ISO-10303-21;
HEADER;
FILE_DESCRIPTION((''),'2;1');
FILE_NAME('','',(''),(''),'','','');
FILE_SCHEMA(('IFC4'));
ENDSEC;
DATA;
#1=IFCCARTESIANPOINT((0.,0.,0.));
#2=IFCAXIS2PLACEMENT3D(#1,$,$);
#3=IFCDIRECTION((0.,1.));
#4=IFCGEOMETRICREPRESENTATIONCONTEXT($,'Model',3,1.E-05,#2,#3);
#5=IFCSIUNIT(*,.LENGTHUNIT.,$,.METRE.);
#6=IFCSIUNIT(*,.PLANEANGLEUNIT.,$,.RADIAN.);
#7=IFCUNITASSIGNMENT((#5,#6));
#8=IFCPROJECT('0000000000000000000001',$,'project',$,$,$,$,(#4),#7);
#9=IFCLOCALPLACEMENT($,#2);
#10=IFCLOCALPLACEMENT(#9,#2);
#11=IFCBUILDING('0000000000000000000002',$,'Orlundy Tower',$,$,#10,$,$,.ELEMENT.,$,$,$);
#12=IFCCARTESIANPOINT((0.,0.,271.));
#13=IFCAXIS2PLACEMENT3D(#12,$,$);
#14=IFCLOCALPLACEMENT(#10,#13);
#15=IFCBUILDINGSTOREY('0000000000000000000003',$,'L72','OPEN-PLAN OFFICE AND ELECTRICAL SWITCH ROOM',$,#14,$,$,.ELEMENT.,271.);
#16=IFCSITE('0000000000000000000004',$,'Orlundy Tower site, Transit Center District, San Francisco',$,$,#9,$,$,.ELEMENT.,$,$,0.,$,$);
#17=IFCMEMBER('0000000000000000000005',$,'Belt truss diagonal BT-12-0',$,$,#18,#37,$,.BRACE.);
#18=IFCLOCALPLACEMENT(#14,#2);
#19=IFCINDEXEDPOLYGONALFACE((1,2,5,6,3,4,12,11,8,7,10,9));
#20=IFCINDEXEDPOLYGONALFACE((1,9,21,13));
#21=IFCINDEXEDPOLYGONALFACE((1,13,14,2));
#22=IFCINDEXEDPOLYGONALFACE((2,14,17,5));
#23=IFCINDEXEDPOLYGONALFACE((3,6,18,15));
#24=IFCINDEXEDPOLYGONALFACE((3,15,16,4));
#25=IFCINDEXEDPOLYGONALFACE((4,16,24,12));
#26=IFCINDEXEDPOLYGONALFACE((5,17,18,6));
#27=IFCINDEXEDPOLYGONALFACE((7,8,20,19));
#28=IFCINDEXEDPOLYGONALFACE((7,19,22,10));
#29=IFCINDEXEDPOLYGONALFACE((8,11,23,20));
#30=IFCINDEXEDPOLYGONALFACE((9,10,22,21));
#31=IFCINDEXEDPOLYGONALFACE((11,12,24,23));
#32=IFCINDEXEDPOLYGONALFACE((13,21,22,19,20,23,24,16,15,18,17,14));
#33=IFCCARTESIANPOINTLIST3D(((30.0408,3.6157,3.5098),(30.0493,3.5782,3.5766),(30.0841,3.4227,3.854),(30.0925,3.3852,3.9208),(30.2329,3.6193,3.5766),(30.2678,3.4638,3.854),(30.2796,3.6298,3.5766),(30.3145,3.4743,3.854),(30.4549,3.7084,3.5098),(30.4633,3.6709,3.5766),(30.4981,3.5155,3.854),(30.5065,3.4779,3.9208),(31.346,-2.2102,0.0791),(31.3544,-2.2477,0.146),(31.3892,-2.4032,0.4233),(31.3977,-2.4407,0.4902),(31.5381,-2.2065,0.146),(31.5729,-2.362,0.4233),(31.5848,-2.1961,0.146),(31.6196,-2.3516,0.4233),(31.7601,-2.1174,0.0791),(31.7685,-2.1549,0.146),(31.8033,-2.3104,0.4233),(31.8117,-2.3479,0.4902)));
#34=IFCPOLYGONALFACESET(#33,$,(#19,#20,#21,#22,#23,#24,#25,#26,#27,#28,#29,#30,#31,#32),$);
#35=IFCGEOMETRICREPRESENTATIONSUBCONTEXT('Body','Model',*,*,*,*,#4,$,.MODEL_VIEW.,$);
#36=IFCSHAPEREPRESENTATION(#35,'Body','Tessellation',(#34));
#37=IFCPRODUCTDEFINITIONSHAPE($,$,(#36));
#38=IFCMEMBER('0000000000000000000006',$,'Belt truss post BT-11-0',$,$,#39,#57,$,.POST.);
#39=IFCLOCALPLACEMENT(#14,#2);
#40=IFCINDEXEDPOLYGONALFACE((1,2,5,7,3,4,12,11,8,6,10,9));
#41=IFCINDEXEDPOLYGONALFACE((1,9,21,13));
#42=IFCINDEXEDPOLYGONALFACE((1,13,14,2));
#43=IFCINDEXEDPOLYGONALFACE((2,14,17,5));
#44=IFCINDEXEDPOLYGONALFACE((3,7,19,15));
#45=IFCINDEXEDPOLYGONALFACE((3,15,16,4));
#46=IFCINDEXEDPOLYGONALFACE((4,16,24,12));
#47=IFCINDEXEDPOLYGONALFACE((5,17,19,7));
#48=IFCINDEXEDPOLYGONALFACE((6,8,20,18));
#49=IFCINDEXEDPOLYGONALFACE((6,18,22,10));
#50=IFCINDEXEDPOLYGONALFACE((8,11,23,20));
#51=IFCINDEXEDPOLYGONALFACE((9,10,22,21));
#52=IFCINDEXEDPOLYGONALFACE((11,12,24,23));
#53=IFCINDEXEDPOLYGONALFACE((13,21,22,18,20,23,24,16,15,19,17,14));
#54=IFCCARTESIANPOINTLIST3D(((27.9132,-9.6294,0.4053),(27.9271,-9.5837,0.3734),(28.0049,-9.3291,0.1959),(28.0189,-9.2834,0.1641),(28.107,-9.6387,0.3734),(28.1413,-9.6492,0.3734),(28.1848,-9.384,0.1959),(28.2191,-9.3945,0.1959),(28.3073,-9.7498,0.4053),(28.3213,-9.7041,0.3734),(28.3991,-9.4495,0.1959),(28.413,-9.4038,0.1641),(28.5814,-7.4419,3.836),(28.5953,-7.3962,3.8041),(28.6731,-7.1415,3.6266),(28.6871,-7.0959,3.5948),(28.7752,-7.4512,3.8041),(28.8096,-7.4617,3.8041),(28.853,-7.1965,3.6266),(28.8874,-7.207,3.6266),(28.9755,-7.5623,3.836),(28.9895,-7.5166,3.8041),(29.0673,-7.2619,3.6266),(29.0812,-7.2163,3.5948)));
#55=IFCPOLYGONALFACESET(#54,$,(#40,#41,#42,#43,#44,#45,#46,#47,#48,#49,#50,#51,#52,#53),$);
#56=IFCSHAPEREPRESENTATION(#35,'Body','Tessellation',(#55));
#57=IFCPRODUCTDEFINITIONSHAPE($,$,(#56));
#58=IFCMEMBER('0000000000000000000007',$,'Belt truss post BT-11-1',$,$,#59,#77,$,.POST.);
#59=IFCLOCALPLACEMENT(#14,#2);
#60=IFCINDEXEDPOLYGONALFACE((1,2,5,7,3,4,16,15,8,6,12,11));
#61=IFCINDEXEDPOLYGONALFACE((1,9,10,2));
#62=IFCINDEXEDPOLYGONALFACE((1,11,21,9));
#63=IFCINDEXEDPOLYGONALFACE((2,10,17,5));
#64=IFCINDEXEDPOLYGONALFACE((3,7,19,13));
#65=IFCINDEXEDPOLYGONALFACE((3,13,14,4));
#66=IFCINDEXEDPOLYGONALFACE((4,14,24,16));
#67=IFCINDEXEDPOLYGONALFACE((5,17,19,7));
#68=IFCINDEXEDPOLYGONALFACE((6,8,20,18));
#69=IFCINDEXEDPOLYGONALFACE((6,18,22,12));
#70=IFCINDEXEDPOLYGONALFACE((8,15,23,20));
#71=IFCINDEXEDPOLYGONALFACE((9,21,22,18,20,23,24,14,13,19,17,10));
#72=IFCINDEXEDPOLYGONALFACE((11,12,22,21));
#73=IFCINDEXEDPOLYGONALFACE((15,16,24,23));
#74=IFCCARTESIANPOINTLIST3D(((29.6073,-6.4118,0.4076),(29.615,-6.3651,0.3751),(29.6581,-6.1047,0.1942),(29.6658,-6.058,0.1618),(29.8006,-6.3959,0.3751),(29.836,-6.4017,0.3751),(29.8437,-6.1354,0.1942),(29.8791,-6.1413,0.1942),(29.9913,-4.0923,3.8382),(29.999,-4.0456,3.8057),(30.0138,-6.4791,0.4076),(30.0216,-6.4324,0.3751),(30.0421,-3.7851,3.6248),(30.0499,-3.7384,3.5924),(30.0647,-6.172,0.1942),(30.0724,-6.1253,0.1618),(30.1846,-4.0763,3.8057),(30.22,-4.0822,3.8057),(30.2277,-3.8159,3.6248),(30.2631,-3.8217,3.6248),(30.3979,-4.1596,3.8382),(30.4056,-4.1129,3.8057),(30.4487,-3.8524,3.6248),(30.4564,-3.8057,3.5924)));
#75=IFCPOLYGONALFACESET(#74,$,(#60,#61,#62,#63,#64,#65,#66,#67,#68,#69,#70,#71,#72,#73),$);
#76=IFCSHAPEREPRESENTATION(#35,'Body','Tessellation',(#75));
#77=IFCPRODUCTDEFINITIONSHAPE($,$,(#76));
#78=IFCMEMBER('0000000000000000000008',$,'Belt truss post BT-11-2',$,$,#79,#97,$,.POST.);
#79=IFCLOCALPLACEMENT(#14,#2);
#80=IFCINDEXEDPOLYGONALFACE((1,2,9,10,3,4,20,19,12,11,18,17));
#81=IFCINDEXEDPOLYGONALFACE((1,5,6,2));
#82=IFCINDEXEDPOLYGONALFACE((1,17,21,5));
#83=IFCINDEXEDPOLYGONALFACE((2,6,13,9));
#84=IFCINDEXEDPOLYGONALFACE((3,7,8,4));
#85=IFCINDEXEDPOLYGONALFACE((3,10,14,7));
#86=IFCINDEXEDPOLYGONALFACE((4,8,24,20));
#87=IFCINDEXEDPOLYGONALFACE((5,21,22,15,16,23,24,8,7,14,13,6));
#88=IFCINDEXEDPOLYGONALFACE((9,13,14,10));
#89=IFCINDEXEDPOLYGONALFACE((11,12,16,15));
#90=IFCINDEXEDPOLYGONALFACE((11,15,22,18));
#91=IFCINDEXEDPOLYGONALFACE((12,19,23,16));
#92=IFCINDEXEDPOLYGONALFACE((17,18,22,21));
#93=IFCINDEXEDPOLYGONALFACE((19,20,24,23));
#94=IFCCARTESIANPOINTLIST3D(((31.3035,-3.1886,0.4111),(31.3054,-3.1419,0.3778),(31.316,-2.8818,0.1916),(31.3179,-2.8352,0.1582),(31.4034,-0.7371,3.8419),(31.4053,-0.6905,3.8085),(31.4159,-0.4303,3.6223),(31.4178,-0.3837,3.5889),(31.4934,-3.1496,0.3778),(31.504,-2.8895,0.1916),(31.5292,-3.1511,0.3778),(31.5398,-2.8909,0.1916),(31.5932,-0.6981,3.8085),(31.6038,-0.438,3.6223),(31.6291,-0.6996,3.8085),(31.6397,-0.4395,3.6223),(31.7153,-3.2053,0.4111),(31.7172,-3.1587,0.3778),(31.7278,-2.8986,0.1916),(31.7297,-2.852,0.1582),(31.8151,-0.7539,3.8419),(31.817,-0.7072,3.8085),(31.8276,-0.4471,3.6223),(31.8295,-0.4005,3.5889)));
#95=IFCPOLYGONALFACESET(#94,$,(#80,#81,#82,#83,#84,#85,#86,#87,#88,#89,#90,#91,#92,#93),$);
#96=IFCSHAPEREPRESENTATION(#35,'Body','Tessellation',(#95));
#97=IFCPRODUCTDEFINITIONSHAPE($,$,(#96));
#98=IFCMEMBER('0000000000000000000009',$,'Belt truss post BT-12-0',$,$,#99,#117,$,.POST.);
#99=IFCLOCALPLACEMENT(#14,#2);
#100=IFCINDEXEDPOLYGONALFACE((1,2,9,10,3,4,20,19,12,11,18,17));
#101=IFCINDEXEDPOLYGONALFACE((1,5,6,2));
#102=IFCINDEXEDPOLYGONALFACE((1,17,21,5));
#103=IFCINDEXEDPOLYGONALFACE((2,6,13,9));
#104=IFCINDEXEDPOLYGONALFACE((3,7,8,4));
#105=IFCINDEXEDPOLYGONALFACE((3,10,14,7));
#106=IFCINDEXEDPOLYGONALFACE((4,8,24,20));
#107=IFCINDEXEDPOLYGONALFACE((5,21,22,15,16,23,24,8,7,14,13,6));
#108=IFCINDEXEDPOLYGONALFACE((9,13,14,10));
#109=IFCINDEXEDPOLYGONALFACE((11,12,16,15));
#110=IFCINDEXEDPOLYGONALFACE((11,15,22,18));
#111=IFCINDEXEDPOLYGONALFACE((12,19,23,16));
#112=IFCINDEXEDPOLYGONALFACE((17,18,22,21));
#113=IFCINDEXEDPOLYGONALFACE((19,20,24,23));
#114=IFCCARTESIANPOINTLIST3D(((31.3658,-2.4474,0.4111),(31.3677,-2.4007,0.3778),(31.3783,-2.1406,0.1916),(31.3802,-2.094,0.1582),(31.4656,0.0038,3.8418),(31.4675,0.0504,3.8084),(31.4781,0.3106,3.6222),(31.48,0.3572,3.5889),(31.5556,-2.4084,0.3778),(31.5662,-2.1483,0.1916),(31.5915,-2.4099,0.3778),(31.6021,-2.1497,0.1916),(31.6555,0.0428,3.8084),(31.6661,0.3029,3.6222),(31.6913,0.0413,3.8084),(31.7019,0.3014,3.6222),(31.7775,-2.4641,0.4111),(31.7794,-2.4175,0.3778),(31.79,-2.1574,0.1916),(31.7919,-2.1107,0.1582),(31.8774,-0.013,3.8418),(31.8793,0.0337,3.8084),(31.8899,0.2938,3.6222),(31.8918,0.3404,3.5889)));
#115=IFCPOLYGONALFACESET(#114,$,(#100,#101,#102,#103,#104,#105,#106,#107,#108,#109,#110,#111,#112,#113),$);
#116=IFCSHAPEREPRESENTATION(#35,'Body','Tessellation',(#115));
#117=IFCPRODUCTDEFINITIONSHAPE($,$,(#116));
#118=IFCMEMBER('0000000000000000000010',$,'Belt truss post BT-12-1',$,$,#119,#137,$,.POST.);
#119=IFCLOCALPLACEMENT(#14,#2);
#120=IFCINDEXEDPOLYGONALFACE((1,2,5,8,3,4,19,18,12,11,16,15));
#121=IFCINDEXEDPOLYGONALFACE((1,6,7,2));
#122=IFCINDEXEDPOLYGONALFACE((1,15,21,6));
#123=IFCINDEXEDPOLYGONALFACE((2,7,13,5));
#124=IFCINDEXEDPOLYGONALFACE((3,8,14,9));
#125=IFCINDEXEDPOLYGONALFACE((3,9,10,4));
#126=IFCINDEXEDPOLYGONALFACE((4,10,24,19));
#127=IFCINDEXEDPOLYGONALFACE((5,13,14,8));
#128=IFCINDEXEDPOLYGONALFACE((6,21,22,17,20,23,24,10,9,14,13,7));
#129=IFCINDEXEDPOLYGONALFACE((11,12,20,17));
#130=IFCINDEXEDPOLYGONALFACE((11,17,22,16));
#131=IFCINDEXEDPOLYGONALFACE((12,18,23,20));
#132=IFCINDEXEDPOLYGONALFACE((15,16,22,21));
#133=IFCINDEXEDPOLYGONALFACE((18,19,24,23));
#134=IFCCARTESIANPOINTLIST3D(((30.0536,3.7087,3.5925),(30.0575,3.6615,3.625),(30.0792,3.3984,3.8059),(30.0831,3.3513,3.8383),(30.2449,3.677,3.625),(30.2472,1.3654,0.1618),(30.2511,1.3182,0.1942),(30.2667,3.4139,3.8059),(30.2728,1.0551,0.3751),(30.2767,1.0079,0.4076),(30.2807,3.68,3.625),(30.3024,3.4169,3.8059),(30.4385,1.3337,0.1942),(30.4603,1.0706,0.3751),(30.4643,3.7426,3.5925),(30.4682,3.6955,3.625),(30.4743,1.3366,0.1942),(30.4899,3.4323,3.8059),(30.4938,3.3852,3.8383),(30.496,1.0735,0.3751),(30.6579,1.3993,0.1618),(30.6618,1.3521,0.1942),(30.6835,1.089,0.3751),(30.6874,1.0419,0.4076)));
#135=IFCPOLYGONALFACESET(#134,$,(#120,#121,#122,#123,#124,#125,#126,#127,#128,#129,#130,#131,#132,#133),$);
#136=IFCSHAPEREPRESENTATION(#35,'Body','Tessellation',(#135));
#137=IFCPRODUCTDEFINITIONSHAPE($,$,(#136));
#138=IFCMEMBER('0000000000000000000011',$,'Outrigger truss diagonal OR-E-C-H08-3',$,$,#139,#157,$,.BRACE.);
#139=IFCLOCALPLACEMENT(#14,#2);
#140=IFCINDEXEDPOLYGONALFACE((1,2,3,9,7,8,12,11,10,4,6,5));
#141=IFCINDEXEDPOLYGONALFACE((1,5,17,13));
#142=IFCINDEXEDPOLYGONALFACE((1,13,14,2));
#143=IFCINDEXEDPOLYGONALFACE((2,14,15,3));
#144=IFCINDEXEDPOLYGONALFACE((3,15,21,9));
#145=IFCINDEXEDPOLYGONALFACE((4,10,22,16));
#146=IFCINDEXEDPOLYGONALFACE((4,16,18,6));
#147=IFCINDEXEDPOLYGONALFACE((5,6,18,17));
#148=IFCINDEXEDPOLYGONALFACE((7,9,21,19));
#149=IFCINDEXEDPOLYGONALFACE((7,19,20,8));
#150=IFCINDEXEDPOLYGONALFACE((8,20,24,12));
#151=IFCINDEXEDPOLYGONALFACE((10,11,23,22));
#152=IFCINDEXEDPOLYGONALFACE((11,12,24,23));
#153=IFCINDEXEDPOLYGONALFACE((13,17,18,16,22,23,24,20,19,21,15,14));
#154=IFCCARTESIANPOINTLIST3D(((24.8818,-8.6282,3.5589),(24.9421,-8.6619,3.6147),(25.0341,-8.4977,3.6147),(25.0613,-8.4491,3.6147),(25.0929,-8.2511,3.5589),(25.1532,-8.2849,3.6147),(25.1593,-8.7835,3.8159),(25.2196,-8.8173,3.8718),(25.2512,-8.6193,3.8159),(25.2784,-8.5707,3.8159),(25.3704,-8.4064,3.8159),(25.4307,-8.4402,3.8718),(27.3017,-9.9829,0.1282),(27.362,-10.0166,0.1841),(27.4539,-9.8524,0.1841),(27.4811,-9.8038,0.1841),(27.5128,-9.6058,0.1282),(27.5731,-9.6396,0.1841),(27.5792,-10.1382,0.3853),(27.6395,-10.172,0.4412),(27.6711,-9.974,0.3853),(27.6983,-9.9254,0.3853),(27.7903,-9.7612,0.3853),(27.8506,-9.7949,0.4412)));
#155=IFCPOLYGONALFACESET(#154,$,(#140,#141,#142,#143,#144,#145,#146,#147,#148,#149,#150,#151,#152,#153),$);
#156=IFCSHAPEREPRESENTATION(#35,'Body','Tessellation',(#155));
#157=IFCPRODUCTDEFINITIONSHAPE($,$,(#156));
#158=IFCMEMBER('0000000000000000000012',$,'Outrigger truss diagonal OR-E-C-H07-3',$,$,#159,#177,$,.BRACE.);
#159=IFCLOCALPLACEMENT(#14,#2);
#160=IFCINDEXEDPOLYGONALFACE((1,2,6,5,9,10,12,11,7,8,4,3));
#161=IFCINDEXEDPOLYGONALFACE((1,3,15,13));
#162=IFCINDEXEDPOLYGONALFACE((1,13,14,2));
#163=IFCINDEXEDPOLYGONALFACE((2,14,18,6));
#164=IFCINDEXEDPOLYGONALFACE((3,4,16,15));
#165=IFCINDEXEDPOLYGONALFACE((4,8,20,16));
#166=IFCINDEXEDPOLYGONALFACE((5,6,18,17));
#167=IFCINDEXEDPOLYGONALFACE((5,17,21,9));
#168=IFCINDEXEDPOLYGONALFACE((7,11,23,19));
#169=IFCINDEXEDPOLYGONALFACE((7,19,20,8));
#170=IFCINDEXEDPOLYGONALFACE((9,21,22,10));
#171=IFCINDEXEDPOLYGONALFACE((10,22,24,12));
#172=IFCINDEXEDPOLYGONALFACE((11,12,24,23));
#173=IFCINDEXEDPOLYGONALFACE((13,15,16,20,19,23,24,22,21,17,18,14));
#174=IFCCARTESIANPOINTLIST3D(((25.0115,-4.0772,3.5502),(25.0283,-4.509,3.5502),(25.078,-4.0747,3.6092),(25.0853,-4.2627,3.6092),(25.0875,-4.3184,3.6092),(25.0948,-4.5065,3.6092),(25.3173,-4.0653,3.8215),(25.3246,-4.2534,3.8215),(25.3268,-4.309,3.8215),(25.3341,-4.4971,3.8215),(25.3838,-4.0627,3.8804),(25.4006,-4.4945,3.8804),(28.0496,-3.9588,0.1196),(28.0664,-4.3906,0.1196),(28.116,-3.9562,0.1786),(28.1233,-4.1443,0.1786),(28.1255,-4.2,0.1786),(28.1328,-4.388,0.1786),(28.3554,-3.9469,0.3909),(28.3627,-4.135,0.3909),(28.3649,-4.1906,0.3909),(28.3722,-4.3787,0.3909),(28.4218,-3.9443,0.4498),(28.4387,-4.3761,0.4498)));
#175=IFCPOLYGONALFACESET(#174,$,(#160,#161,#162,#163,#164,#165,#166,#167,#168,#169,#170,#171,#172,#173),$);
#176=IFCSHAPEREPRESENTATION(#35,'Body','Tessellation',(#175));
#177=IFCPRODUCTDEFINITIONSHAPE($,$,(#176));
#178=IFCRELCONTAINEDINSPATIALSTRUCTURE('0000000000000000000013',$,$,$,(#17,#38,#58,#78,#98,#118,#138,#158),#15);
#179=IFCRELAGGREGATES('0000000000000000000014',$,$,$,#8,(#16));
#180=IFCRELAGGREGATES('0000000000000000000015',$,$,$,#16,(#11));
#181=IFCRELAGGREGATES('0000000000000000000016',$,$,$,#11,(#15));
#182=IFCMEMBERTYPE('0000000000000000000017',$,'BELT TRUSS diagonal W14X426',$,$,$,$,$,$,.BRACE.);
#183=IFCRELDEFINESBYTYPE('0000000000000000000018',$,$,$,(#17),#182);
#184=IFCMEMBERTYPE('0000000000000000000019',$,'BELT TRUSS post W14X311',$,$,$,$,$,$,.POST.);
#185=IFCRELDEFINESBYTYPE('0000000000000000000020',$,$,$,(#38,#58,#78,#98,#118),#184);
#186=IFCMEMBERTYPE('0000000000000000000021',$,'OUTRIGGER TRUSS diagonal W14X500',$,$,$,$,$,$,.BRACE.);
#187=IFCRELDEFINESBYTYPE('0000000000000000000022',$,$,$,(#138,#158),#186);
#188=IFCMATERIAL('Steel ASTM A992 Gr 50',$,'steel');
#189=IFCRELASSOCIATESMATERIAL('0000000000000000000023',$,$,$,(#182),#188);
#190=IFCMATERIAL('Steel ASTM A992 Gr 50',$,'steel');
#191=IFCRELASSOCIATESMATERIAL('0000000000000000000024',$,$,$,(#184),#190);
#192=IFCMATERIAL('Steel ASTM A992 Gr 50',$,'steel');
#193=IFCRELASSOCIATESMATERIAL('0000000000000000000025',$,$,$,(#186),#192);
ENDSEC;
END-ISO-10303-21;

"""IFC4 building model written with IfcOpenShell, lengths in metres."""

from ifc_helpers import new_model, si_unit, direction, frame, origin, origin_2d, place, context, subcontext, project, spatial, i_section, extrude, material, material_profile, profile_set, type_object, element, save


model = new_model("IFC4")

# Units and contexts
model_context = context("Model", 3, precision=1e-05, world=origin(), true_north=direction((0.0, 1.0)))
body_context = subcontext(model_context, "Body", "Model", "MODEL_VIEW")
ifc_project = project(units=[si_unit("LENGTHUNIT", "METRE"), si_unit("PLANEANGLEUNIT", "RADIAN")], contexts=[model_context])

# Site, building, storey
site_placement = place(None, origin())
site = spatial("IfcSite", under=ifc_project, at=site_placement, Name="Orlundy Tower site, Transit Center District, San Francisco", CompositionType="ELEMENT", RefElevation=0.0)
building_placement = place(site_placement, origin())
building = spatial("IfcBuilding", under=site, at=building_placement, Name="Orlundy Tower", CompositionType="ELEMENT")
storey_placement = place(building_placement, frame((0.0, 0.0, 271.0)))
storey = spatial("IfcBuildingStorey", under=building, at=storey_placement, Name="L72", Description="OPEN-PLAN OFFICE AND ELECTRICAL SWITCH ROOM", CompositionType="ELEMENT", Elevation=271.0)

# Members
ifc_material_1 = material(Name="Steel ASTM A992 Gr 50", Category="steel")
ifc_material_profile_1 = material_profile(ifc_material_1, i_section(OverallWidth=0.4243, OverallDepth=0.4741, WebThickness=0.0479, FlangeThickness=0.0771, at=origin_2d()), Name="W14X426")
ifc_profile_set_1 = profile_set([ifc_material_profile_1], Name="Steel ASTM A992 Gr 50")
member_type_1 = type_object("IfcMemberType", Name="BELT TRUSS diagonal W14X426", PredefinedType="BRACE", material=ifc_profile_set_1)
member_1_placement = place(storey_placement, frame((31.5789, -2.2791, 0.2847), z_axis=(-0.189546, 0.846077, 0.498222), x_axis=(-0.975812, -0.21861, 0.0)))
element("IfcMember", 1, at=member_1_placement, inside=storey, type_object=member_type_1, Name="Belt truss diagonal BT-12-0", PredefinedType="BRACE", context=body_context, shape_type="SweptSolid", body=[
    extrude(i_section(OverallWidth=0.4243, OverallDepth=0.4741, WebThickness=0.0479, FlangeThickness=0.0771, at=origin_2d()), origin(), (0.0, 0.0, 1.0), 6.8857),
])
ifc_material_2 = material(Name="Steel ASTM A992 Gr 50", Category="steel")
ifc_material_profile_2 = material_profile(ifc_material_2, i_section(OverallWidth=0.4121, OverallDepth=0.4348, WebThickness=0.0359, FlangeThickness=0.0574, at=origin_2d()), Name="W14X311")
ifc_profile_set_2 = profile_set([ifc_material_profile_2], Name="Steel ASTM A992 Gr 50")
member_type_2 = type_object("IfcMemberType", Name="BELT TRUSS post W14X311", PredefinedType="POST", material=ifc_profile_set_2)
member_2_placement = place(storey_placement, frame((28.1631, -9.5166, 0.2847), z_axis=(0.16206, 0.530529, 0.832031), x_axis=(-0.956375, 0.292143, 0.0)))
element("IfcMember", 2, at=member_2_placement, inside=storey, type_object=member_type_2, Name="Belt truss post BT-11-0", PredefinedType="POST", context=body_context, shape_type="SweptSolid", body=[
    extrude(i_section(OverallWidth=0.4121, OverallDepth=0.4348, WebThickness=0.0359, FlangeThickness=0.0574, at=origin_2d()), origin(), (0.0, 0.0, 1.0), 4.1233),
])
member_3_placement = place(storey_placement, frame((29.8398, -6.2686, 0.2847), z_axis=(0.092338, 0.557724, 0.824875), x_axis=(-0.98657, 0.163338, 0.0)))
element("IfcMember", 3, at=member_3_placement, inside=storey, type_object=member_type_2, Name="Belt truss post BT-11-1", PredefinedType="POST", context=body_context, shape_type="SweptSolid", body=[
    extrude(i_section(OverallWidth=0.4121, OverallDepth=0.4348, WebThickness=0.0359, FlangeThickness=0.0574, at=origin_2d()), origin(), (0.0, 0.0, 1.0), 4.1589),
])
member_4_placement = place(storey_placement, frame((31.5166, -3.0203, 0.2847), z_axis=(0.023675, 0.581223, 0.8134), x_axis=(-0.999171, 0.040699, 0.0)))
element("IfcMember", 4, at=member_4_placement, inside=storey, type_object=member_type_2, Name="Belt truss post BT-11-2", PredefinedType="POST", context=body_context, shape_type="SweptSolid", body=[
    extrude(i_section(OverallWidth=0.4121, OverallDepth=0.4348, WebThickness=0.0359, FlangeThickness=0.0574, at=origin_2d()), origin(), (0.0, 0.0, 1.0), 4.2178),
])
member_5_placement = place(storey_placement, frame((31.5789, -2.2791, 0.2847), z_axis=(0.023676, 0.581185, 0.813427), x_axis=(-0.999171, 0.040703, 0.0)))
element("IfcMember", 5, at=member_5_placement, inside=storey, type_object=member_type_2, Name="Belt truss post BT-12-0", PredefinedType="POST", context=body_context, shape_type="SweptSolid", body=[
    extrude(i_section(OverallWidth=0.4121, OverallDepth=0.4348, WebThickness=0.0359, FlangeThickness=0.0574, at=origin_2d()), origin(), (0.0, 0.0, 1.0), 4.2175),
])
member_6_placement = place(storey_placement, frame((30.4673, 1.2036, 0.2847), z_axis=(-0.04655, 0.563411, 0.824864), x_axis=(-0.996604, -0.082341, 0.0)))
element("IfcMember", 6, at=member_6_placement, inside=storey, type_object=member_type_2, Name="Belt truss post BT-12-1", PredefinedType="POST", context=body_context, shape_type="SweptSolid", body=[
    extrude(i_section(OverallWidth=0.4121, OverallDepth=0.4348, WebThickness=0.0359, FlangeThickness=0.0574, at=origin_2d()), origin(), (0.0, 0.0, 1.0), 4.1592),
])
ifc_material_3 = material(Name="Steel ASTM A992 Gr 50", Category="steel")
ifc_material_profile_3 = material_profile(ifc_material_3, i_section(OverallWidth=0.4321, OverallDepth=0.4978, WebThickness=0.0557, FlangeThickness=0.0889, at=origin_2d()), Name="W14X500")
ifc_profile_set_3 = profile_set([ifc_material_profile_3], Name="Steel ASTM A992 Gr 50")
member_type_3 = type_object("IfcMemberType", Name="OUTRIGGER TRUSS diagonal W14X500", PredefinedType="BRACE", material=ifc_profile_set_3)
member_7_placement = place(storey_placement, frame((25.1562, -8.5342, 3.7153), z_axis=(0.548556, -0.307096, -0.777675), x_axis=(0.488488, 0.872571, 0.0)))
element("IfcMember", 7, at=member_7_placement, inside=storey, type_object=member_type_3, Name="Outrigger truss diagonal OR-E-C-H08-3", PredefinedType="BRACE", context=body_context, shape_type="SweptSolid", body=[
    extrude(i_section(OverallWidth=0.4321, OverallDepth=0.4978, WebThickness=0.0557, FlangeThickness=0.0889, at=origin_2d()), origin(), (0.0, 0.0, 1.0), 4.4114),
])
member_8_placement = place(storey_placement, frame((25.2061, -4.2859, 3.7153), z_axis=(0.662753, 0.025831, -0.748393), x_axis=(-0.038945, 0.999241, 0.0)))
element("IfcMember", 8, at=member_8_placement, inside=storey, type_object=member_type_3, Name="Outrigger truss diagonal OR-E-C-H07-3", PredefinedType="BRACE", context=body_context, shape_type="SweptSolid", body=[
    extrude(i_section(OverallWidth=0.4321, OverallDepth=0.4978, WebThickness=0.0557, FlangeThickness=0.0889, at=origin_2d()), origin(), (0.0, 0.0, 1.0), 4.584),
])

save(model, "model.ifc")
